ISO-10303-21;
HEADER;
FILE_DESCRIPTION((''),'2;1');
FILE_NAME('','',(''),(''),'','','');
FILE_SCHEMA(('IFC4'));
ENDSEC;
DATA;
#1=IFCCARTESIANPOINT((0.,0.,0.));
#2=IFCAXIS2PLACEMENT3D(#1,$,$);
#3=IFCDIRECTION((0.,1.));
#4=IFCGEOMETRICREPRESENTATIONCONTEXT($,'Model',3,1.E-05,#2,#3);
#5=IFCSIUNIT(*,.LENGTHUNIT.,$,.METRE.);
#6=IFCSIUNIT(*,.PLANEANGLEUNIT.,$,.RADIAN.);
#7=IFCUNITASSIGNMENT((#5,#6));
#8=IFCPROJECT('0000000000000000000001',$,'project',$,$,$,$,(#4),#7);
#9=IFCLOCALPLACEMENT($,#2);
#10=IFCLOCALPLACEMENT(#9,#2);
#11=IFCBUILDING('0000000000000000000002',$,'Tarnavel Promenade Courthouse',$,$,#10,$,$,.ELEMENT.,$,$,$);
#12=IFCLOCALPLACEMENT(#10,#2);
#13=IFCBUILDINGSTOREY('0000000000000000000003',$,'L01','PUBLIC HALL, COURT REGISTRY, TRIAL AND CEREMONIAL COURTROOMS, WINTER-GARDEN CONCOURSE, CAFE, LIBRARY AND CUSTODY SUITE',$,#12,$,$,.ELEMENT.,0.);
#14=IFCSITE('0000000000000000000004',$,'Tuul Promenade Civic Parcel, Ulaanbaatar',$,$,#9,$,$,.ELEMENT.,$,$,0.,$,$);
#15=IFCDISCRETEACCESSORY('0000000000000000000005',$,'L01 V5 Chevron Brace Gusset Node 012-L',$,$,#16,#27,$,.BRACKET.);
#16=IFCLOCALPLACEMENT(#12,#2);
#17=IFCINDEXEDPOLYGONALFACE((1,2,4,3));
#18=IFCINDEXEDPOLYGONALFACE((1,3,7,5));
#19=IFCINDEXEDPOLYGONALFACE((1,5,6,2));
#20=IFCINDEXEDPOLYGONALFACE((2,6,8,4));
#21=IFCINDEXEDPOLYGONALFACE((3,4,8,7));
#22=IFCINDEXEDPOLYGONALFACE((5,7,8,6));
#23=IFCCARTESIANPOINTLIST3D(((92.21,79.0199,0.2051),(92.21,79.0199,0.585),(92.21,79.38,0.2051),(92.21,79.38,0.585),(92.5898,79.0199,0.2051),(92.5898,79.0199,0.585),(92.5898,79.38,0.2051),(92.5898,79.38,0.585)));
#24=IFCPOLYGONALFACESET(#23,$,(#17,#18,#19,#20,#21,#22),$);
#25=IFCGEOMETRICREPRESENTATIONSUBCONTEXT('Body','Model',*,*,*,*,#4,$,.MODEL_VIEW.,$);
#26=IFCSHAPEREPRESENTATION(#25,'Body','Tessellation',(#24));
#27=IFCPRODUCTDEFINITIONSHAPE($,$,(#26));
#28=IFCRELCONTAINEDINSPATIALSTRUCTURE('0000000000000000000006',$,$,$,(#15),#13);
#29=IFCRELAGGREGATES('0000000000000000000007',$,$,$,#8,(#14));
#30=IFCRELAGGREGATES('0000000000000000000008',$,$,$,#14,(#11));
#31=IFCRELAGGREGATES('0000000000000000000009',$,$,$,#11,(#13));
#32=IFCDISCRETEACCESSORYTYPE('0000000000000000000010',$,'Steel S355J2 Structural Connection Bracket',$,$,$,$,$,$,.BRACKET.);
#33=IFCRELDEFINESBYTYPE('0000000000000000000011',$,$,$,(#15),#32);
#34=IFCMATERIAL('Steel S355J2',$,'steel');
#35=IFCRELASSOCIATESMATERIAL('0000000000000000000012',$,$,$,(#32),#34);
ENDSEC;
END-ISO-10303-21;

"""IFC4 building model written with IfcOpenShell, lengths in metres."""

from ifc_helpers import new_model, si_unit, direction, frame, origin, origin_2d, place, context, subcontext, project, spatial, rectangle, extrude, material, type_object, element, save


model = new_model("IFC4")

# Units and contexts
model_context = context("Model", 3, precision=1e-05, world=origin(), true_north=direction((0.0, 1.0)))
body_context = subcontext(model_context, "Body", "Model", "MODEL_VIEW")
ifc_project = project(units=[si_unit("LENGTHUNIT", "METRE"), si_unit("PLANEANGLEUNIT", "RADIAN")], contexts=[model_context])

# Site, building, storey
site_placement = place(None, origin())
site = spatial("IfcSite", under=ifc_project, at=site_placement, Name="Tuul Promenade Civic Parcel, Ulaanbaatar", CompositionType="ELEMENT", RefElevation=0.0)
building_placement = place(site_placement, origin())
building = spatial("IfcBuilding", under=site, at=building_placement, Name="Tarnavel Promenade Courthouse", CompositionType="ELEMENT")
storey_placement = place(building_placement, origin())
storey = spatial("IfcBuildingStorey", under=building, at=storey_placement, Name="L01", Description="PUBLIC HALL, COURT REGISTRY, TRIAL AND CEREMONIAL COURTROOMS, WINTER-GARDEN CONCOURSE, CAFE, LIBRARY AND CUSTODY SUITE", CompositionType="ELEMENT", Elevation=0.0)

# Shared definitions
ifc_material_1 = material(Name="Steel S355J2", Category="steel")

# Discrete accessory
discrete_accessory_type = type_object("IfcDiscreteAccessoryType", Name="Steel S355J2 Structural Connection Bracket", PredefinedType="BRACKET", material=ifc_material_1)
discrete_accessory_placement = place(storey_placement, frame((92.3999, 79.2, 0.2051), z_axis=(0.0, 0.0, 1.0), x_axis=(1.0, 0.0, 0.0)))
element("IfcDiscreteAccessory", 1, at=discrete_accessory_placement, inside=storey, type_object=discrete_accessory_type, Name="L01 V5 Chevron Brace Gusset Node 012-L", PredefinedType="BRACKET", context=body_context, shape_type="SweptSolid", body=[
    extrude(rectangle(XDim=0.3799, YDim=0.3601, at=origin_2d()), origin(), (0.0, 0.0, 1.0), 0.3799),
])

save(model, "model.ifc")
